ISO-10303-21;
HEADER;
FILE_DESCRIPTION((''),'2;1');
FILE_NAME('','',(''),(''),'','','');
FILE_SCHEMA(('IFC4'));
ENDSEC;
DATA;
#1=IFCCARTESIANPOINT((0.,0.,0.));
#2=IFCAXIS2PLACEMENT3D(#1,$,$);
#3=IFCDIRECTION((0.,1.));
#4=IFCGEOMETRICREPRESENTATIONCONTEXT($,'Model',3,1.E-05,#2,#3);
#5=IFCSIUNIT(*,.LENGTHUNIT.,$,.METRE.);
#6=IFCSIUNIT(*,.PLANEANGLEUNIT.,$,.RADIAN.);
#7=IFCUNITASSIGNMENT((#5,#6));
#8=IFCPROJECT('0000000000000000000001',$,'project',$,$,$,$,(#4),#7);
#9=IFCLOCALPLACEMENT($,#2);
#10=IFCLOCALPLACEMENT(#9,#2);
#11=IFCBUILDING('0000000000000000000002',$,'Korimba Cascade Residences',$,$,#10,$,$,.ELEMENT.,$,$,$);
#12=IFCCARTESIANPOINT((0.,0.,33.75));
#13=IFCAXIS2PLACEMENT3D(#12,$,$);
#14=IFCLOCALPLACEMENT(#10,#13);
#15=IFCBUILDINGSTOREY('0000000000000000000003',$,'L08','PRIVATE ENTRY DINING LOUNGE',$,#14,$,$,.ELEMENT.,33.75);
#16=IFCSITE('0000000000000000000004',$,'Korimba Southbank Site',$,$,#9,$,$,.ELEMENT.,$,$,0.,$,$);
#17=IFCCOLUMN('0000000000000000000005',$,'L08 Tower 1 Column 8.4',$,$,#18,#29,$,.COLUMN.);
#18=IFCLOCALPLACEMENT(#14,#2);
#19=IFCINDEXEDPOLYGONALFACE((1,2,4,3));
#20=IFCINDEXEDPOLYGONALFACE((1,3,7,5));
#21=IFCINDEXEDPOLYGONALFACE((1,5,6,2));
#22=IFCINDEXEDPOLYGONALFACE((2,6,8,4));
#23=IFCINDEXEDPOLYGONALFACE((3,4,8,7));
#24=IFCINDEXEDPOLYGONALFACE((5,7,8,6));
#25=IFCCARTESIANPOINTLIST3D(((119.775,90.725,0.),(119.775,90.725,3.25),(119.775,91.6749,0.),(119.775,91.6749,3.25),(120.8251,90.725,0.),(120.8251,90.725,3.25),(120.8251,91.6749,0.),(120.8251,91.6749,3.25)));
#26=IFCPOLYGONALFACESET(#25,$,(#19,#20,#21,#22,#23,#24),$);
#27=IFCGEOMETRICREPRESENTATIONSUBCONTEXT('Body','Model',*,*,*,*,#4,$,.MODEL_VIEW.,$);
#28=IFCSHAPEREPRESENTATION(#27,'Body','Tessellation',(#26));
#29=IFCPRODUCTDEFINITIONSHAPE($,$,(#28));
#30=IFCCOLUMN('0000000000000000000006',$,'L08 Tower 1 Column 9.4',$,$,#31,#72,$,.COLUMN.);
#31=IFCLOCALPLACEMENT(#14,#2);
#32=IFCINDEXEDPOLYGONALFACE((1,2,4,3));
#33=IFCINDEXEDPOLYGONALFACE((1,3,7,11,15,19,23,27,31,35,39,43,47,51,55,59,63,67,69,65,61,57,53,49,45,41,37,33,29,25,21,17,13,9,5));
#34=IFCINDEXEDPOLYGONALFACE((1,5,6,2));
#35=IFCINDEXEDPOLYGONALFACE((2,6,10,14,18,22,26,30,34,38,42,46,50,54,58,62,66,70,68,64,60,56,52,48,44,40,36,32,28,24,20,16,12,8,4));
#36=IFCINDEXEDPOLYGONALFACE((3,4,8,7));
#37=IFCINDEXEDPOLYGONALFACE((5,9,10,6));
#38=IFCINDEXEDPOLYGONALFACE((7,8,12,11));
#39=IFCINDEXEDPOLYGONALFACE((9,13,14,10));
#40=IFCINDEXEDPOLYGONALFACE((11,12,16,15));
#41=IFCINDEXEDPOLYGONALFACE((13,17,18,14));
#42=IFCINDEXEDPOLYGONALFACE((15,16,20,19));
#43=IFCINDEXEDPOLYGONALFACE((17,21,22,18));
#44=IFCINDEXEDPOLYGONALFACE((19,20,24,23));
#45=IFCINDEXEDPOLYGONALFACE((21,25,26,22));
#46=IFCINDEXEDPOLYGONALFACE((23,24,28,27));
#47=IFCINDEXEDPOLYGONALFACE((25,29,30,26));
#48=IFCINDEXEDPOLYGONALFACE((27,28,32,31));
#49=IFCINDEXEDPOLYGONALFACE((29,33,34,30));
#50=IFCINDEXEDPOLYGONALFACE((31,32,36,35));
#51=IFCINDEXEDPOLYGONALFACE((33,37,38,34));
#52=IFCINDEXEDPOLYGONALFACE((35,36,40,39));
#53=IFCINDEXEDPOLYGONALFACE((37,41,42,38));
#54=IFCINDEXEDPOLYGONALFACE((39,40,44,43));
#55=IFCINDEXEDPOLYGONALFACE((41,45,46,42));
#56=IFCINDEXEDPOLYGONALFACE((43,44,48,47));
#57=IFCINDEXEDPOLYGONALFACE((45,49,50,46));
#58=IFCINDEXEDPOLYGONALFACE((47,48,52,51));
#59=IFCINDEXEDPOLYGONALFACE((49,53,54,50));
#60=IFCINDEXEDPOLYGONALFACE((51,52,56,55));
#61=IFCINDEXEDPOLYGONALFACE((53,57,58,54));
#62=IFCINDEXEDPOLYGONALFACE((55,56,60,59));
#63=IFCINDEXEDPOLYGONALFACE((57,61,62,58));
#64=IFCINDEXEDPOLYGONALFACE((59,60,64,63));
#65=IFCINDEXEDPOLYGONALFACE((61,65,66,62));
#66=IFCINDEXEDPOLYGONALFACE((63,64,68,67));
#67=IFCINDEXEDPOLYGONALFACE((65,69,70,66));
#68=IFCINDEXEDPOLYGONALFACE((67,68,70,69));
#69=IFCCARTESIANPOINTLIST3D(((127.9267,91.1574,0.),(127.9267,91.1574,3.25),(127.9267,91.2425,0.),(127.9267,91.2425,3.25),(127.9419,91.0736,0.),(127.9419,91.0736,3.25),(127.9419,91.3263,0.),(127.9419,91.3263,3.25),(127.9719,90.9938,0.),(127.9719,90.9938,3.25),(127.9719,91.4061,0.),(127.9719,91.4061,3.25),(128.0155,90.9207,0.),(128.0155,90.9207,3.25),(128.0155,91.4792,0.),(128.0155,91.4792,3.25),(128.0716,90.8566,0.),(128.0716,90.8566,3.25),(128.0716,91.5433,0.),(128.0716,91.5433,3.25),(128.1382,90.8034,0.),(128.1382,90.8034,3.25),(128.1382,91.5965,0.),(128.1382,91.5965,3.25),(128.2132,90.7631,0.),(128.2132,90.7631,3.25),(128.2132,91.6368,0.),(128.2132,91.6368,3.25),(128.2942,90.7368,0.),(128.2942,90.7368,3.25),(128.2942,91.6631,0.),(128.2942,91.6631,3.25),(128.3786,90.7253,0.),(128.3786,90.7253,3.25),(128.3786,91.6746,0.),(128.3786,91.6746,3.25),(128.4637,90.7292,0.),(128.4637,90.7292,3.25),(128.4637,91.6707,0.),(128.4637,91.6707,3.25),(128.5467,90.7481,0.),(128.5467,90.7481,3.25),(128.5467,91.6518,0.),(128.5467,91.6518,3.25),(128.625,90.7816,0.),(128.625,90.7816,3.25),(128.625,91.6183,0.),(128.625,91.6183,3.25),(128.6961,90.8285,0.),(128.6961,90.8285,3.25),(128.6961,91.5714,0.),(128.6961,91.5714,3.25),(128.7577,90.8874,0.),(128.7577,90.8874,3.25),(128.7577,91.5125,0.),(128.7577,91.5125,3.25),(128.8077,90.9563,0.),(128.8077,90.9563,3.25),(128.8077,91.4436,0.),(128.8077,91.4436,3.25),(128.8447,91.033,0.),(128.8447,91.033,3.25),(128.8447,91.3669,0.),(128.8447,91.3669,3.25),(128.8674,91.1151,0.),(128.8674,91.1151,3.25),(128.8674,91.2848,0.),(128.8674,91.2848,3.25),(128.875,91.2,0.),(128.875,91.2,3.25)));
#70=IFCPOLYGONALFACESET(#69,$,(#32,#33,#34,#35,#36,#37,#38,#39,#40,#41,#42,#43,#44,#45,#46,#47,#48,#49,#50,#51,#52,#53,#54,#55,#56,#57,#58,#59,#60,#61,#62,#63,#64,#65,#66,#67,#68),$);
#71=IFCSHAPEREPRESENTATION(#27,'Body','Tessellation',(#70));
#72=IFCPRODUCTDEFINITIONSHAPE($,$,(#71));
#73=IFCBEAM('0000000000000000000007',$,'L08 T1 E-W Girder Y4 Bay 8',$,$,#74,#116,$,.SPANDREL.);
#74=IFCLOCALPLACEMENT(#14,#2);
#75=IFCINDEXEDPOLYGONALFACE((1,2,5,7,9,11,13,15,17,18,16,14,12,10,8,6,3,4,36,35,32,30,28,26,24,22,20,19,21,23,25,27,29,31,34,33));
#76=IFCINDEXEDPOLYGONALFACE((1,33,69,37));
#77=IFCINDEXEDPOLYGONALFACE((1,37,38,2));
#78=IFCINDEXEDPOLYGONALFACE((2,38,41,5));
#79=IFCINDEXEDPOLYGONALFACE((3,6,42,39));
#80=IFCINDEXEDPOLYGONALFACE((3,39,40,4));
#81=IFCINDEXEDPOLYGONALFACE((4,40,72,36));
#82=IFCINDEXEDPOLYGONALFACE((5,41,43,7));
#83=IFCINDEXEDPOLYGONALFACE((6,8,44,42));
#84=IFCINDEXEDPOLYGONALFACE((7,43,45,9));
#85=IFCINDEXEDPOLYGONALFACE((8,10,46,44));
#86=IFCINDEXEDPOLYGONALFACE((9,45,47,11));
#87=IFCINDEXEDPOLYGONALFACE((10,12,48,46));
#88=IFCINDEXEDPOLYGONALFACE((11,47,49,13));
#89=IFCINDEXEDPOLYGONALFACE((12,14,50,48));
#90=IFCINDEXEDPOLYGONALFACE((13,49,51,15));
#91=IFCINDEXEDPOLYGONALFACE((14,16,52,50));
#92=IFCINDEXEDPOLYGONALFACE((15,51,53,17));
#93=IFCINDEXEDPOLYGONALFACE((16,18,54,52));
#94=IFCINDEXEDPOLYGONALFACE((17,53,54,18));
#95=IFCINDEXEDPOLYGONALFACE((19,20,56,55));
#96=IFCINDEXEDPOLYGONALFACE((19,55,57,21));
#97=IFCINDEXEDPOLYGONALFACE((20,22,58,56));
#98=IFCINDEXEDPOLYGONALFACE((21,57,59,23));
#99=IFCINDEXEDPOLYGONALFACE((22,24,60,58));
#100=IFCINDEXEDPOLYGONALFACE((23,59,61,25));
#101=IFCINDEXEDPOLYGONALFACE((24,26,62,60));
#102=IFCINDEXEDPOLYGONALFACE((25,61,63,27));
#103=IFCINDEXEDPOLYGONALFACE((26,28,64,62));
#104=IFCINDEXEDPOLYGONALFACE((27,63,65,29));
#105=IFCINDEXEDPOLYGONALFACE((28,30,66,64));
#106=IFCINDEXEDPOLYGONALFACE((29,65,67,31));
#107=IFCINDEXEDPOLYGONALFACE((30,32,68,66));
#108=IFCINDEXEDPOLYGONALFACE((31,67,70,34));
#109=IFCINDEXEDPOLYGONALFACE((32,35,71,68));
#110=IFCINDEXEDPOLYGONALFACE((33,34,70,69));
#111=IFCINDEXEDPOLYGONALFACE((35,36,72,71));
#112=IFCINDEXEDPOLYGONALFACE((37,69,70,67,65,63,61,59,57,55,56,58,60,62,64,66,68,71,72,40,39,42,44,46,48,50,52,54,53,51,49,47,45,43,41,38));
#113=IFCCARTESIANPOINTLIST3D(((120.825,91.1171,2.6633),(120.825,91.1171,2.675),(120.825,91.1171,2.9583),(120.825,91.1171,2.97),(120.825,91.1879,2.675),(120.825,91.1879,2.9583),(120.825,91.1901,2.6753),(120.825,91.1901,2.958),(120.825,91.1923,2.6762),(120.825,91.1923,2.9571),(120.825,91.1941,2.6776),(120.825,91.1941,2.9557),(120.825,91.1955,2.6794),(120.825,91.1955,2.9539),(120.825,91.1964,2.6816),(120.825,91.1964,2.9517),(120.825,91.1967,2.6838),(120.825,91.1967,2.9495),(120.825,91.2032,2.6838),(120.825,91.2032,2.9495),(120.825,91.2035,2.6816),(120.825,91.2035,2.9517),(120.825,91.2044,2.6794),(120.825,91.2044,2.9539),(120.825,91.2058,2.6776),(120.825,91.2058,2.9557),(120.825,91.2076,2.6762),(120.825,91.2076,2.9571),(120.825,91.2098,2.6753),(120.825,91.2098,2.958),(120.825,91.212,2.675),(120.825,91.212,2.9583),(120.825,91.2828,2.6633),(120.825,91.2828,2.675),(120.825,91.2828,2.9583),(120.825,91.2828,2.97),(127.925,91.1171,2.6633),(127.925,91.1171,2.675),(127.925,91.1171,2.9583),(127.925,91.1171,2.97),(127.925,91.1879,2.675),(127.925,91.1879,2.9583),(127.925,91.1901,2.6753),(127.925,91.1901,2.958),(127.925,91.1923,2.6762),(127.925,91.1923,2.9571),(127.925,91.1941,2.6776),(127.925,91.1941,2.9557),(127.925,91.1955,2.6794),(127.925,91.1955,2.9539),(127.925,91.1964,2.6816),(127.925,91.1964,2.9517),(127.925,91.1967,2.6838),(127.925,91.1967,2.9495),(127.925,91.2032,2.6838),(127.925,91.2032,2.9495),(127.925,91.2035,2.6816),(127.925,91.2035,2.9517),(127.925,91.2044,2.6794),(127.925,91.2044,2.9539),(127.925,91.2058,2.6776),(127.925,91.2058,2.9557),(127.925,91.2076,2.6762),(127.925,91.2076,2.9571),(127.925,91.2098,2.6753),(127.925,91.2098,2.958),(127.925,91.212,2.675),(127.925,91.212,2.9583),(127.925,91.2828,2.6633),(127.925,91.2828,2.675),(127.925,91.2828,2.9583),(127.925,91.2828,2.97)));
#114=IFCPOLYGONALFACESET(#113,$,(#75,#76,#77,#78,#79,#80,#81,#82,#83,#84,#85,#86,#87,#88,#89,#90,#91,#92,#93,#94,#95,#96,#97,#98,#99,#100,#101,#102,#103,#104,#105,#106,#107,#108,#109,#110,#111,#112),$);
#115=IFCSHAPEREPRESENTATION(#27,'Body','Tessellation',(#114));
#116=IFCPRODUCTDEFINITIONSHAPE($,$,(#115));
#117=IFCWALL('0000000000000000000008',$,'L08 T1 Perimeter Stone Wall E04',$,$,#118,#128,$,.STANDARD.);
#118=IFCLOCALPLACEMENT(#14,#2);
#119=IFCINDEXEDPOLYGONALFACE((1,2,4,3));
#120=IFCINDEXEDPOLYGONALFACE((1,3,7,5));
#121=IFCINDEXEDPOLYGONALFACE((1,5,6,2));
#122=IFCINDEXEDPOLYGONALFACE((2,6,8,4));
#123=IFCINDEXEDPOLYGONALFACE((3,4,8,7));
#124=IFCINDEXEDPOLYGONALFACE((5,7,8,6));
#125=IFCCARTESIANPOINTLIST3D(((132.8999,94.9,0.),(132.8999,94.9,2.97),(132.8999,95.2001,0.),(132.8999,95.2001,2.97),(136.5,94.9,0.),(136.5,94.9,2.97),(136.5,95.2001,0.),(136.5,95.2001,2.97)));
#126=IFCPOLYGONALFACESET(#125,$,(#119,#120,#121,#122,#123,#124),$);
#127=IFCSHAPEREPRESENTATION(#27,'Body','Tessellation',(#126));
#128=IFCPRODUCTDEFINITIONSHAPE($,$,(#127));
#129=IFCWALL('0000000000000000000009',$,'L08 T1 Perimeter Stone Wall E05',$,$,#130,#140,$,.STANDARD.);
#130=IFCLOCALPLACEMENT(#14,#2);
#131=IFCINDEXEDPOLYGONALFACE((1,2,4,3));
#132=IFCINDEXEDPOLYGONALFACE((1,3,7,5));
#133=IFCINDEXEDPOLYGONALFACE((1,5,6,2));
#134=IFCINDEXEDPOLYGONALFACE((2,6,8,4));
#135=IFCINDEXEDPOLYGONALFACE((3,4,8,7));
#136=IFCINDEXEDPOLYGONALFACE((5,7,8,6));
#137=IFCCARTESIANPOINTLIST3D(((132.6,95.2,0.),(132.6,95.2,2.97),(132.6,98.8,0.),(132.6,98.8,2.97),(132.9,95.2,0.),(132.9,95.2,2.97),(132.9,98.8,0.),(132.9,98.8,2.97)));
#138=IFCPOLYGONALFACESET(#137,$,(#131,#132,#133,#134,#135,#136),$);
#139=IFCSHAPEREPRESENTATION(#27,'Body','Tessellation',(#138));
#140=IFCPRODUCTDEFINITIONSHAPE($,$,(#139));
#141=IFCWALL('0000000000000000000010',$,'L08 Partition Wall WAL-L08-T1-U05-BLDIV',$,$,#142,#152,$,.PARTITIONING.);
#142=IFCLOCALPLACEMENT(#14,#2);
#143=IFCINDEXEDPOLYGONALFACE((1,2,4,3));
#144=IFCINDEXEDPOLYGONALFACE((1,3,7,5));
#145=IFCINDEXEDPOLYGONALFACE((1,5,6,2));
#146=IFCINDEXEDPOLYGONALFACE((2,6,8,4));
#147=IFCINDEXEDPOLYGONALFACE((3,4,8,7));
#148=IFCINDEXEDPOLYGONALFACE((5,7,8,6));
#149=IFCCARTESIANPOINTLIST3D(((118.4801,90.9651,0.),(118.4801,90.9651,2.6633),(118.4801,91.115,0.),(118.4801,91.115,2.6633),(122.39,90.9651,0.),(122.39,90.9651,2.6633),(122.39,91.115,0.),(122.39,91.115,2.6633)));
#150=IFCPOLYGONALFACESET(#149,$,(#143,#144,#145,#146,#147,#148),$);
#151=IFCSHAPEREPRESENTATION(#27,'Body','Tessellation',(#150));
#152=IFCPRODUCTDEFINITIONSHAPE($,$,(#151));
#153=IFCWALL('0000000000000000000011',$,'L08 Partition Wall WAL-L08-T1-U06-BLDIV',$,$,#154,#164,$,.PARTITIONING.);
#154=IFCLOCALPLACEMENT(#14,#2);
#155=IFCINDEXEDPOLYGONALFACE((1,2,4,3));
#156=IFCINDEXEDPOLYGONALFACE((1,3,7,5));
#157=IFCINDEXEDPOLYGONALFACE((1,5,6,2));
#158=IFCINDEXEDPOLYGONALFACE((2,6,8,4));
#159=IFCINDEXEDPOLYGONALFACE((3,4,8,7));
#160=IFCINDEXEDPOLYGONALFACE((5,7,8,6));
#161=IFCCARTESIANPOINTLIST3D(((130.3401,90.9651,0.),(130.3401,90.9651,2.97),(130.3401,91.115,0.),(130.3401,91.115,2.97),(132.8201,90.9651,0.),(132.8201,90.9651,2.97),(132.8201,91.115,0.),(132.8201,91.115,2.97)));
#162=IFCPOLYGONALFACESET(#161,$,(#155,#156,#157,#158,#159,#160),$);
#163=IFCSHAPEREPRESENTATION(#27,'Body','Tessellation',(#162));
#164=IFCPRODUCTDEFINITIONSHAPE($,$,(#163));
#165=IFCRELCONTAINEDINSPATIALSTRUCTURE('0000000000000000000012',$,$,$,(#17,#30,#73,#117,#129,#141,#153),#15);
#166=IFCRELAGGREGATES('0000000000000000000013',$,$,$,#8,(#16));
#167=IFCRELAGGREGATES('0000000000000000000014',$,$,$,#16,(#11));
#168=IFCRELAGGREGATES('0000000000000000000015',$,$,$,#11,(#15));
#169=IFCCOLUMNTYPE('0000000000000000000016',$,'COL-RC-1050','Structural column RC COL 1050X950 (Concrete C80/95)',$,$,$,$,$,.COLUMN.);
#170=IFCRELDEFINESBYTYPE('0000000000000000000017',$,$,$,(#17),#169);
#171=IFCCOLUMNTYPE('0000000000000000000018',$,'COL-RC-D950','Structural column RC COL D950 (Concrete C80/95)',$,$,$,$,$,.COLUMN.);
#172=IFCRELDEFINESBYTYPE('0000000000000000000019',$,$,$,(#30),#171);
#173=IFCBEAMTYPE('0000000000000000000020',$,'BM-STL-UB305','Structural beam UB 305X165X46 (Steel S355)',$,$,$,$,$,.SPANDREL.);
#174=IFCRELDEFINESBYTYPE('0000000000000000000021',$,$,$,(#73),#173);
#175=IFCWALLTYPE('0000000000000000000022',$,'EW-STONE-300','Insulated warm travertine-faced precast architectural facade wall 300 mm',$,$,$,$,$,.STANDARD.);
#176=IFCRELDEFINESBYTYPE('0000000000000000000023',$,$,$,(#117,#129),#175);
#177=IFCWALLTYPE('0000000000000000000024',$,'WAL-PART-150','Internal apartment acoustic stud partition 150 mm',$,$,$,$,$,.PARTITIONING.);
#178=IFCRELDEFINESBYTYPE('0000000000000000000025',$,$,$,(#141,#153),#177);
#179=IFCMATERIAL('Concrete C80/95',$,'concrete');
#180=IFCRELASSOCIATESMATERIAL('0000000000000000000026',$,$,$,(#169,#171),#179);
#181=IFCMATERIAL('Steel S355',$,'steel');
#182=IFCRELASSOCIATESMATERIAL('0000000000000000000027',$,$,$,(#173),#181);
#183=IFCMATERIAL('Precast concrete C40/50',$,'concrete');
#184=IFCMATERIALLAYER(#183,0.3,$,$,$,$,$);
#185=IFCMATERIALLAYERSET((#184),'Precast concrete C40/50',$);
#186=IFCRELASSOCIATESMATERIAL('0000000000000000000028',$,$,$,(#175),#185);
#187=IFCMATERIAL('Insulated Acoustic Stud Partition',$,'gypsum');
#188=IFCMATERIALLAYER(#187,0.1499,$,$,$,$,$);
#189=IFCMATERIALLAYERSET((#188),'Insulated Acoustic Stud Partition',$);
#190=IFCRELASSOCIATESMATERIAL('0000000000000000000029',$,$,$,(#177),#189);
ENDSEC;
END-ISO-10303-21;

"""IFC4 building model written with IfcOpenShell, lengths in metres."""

from ifc_helpers import new_model, si_unit, direction, frame, frame_2d, origin, origin_2d, place, context, subcontext, project, spatial, rectangle, circle, i_section, extrude, material, layer, layer_set, material_profile, profile_set, type_object, element, save


model = new_model("IFC4")

# Units and contexts
model_context = context("Model", 3, precision=1e-05, world=origin(), true_north=direction((0.0, 1.0)))
body_context = subcontext(model_context, "Body", "Model", "MODEL_VIEW")
ifc_project = project(units=[si_unit("LENGTHUNIT", "METRE"), si_unit("PLANEANGLEUNIT", "RADIAN")], contexts=[model_context])

# Site, building, storey
site_placement = place(None, origin())
site = spatial("IfcSite", under=ifc_project, at=site_placement, Name="Korimba Southbank Site", CompositionType="ELEMENT", RefElevation=0.0)
building_placement = place(site_placement, origin())
building = spatial("IfcBuilding", under=site, at=building_placement, Name="Korimba Cascade Residences", CompositionType="ELEMENT")
storey_placement = place(building_placement, frame((0.0, 0.0, 33.75)))
storey = spatial("IfcBuildingStorey", under=building, at=storey_placement, Name="L08", Description="PRIVATE ENTRY DINING LOUNGE", CompositionType="ELEMENT", Elevation=33.75)

# Columns
ifc_material_1 = material(Name="Concrete C80/95", Category="concrete")
ifc_material_profile_1 = material_profile(ifc_material_1, rectangle(XDim=1.05, YDim=0.95, at=origin_2d()), Name="Concrete C80/95")
ifc_profile_set_1 = profile_set([ifc_material_profile_1], Name="Concrete C80/95")
column_type_1 = type_object("IfcColumnType", Name="COL-RC-1050", Description="Structural column RC COL 1050X950 (Concrete C80/95)", PredefinedType="COLUMN", material=ifc_profile_set_1)
column_1_placement = place(storey_placement, frame((120.3, 91.2, 0.0), z_axis=(0.0, 0.0, 1.0), x_axis=(1.0, 0.0, 0.0)))
element("IfcColumn", 1, at=column_1_placement, inside=storey, type_object=column_type_1, Name="L08 Tower 1 Column 8.4", PredefinedType="COLUMN", context=body_context, shape_type="SweptSolid", body=[
    extrude(rectangle(XDim=1.05, YDim=0.95, at=origin_2d()), origin(), (0.0, 0.0, 1.0), 3.25),
])
ifc_material_profile_2 = material_profile(ifc_material_1, circle(Radius=0.4751, at=origin_2d()), Name="Concrete C80/95")
ifc_profile_set_2 = profile_set([ifc_material_profile_2], Name="Concrete C80/95")
column_type_2 = type_object("IfcColumnType", Name="COL-RC-D950", Description="Structural column RC COL D950 (Concrete C80/95)", PredefinedType="COLUMN", material=ifc_profile_set_2)
column_2_placement = place(storey_placement, frame((128.3999, 91.2, 0.0), z_axis=(0.0, 0.0, 1.0), x_axis=(1.0, 0.0, 0.0)))
element("IfcColumn", 2, at=column_2_placement, inside=storey, type_object=column_type_2, Name="L08 Tower 1 Column 9.4", PredefinedType="COLUMN", context=body_context, shape_type="SweptSolid", body=[
    extrude(circle(Radius=0.4751, at=origin_2d()), origin(), (0.0, 0.0, 1.0), 3.25),
])

# Beam
ifc_material_2 = material(Name="Steel S355", Category="steel")
ifc_material_profile_3 = material_profile(ifc_material_2, i_section(OverallWidth=0.1658, OverallDepth=0.3066, WebThickness=0.0066, FlangeThickness=0.0117, FilletRadius=0.0088, at=origin_2d()), Name="Steel S355")
ifc_profile_set_3 = profile_set([ifc_material_profile_3], Name="Steel S355")
beam_type = type_object("IfcBeamType", Name="BM-STL-UB305", Description="Structural beam UB 305X165X46 (Steel S355)", PredefinedType="SPANDREL", material=ifc_profile_set_3)
beam_placement = place(storey_placement, frame((120.825, 91.2, 2.8167), z_axis=(1.0, 0.0, 0.0), x_axis=(0.0, 1.0, 0.0)))
element("IfcBeam", 3, at=beam_placement, inside=storey, type_object=beam_type, Name="L08 T1 E-W Girder Y4 Bay 8", PredefinedType="SPANDREL", context=body_context, shape_type="SweptSolid", body=[
    extrude(i_section(OverallWidth=0.1658, OverallDepth=0.3066, WebThickness=0.0066, FlangeThickness=0.0117, FilletRadius=0.0088, at=origin_2d()), origin(), (0.0, 0.0, 1.0), 7.1001),
])

# Shared definitions
ifc_material_3 = material(Name="Precast concrete C40/50", Category="concrete")

# Walls
ifc_layer_1 = layer(ifc_material_3, 0.3)
ifc_layer_set_1 = layer_set([ifc_layer_1], Name="Precast concrete C40/50")
wall_type_1 = type_object("IfcWallType", Name="EW-STONE-300", Description="Insulated warm travertine-faced precast architectural facade wall 300 mm", PredefinedType="STANDARD", material=ifc_layer_set_1)
for number, where, z_axis, x_axis, name in (
    (4, (136.5, 95.05, 0.0), (0.0, 0.0, 1.0), (-1.0, 0.0, 0.0), "L08 T1 Perimeter Stone Wall E04"),
    (5, (132.75, 95.2, 0.0), (0.0, 0.0, 1.0), (0.0, 1.0, 0.0), "L08 T1 Perimeter Stone Wall E05"),
):
    element("IfcWall", number, at=place(storey_placement, frame(where, z_axis=z_axis, x_axis=x_axis)), inside=storey, type_object=wall_type_1, Name=name, PredefinedType="STANDARD", context=body_context, shape_type="SweptSolid", body=[
        extrude(rectangle(XDim=3.6001, YDim=0.3, at=frame_2d((1.8, 0.0))), origin(), (0.0, 0.0, 1.0), 2.97),
    ])
ifc_material_4 = material(Name="Insulated Acoustic Stud Partition", Category="gypsum")
ifc_layer_2 = layer(ifc_material_4, 0.1499)
ifc_layer_set_2 = layer_set([ifc_layer_2], Name="Insulated Acoustic Stud Partition")
wall_type_2 = type_object("IfcWallType", Name="WAL-PART-150", Description="Internal apartment acoustic stud partition 150 mm", PredefinedType="PARTITIONING", material=ifc_layer_set_2)
wall_1_placement = place(storey_placement, frame((118.48, 91.04, 0.0), z_axis=(0.0, 0.0, 1.0), x_axis=(1.0, 0.0, 0.0)))
element("IfcWall", 6, at=wall_1_placement, inside=storey, type_object=wall_type_2, Name="L08 Partition Wall WAL-L08-T1-U05-BLDIV", PredefinedType="PARTITIONING", context=body_context, shape_type="SweptSolid", body=[
    extrude(rectangle(XDim=3.9099, YDim=0.1499, at=frame_2d((1.9551, 0.0))), origin(), (0.0, 0.0, 1.0), 2.6633),
])
wall_2_placement = place(storey_placement, frame((130.3401, 91.04, 0.0), z_axis=(0.0, 0.0, 1.0), x_axis=(1.0, 0.0, 0.0)))
element("IfcWall", 7, at=wall_2_placement, inside=storey, type_object=wall_type_2, Name="L08 Partition Wall WAL-L08-T1-U06-BLDIV", PredefinedType="PARTITIONING", context=body_context, shape_type="SweptSolid", body=[
    extrude(rectangle(XDim=2.48, YDim=0.1499, at=frame_2d((1.24, 0.0))), origin(), (0.0, 0.0, 1.0), 2.97),
])

save(model, "model.ifc")
